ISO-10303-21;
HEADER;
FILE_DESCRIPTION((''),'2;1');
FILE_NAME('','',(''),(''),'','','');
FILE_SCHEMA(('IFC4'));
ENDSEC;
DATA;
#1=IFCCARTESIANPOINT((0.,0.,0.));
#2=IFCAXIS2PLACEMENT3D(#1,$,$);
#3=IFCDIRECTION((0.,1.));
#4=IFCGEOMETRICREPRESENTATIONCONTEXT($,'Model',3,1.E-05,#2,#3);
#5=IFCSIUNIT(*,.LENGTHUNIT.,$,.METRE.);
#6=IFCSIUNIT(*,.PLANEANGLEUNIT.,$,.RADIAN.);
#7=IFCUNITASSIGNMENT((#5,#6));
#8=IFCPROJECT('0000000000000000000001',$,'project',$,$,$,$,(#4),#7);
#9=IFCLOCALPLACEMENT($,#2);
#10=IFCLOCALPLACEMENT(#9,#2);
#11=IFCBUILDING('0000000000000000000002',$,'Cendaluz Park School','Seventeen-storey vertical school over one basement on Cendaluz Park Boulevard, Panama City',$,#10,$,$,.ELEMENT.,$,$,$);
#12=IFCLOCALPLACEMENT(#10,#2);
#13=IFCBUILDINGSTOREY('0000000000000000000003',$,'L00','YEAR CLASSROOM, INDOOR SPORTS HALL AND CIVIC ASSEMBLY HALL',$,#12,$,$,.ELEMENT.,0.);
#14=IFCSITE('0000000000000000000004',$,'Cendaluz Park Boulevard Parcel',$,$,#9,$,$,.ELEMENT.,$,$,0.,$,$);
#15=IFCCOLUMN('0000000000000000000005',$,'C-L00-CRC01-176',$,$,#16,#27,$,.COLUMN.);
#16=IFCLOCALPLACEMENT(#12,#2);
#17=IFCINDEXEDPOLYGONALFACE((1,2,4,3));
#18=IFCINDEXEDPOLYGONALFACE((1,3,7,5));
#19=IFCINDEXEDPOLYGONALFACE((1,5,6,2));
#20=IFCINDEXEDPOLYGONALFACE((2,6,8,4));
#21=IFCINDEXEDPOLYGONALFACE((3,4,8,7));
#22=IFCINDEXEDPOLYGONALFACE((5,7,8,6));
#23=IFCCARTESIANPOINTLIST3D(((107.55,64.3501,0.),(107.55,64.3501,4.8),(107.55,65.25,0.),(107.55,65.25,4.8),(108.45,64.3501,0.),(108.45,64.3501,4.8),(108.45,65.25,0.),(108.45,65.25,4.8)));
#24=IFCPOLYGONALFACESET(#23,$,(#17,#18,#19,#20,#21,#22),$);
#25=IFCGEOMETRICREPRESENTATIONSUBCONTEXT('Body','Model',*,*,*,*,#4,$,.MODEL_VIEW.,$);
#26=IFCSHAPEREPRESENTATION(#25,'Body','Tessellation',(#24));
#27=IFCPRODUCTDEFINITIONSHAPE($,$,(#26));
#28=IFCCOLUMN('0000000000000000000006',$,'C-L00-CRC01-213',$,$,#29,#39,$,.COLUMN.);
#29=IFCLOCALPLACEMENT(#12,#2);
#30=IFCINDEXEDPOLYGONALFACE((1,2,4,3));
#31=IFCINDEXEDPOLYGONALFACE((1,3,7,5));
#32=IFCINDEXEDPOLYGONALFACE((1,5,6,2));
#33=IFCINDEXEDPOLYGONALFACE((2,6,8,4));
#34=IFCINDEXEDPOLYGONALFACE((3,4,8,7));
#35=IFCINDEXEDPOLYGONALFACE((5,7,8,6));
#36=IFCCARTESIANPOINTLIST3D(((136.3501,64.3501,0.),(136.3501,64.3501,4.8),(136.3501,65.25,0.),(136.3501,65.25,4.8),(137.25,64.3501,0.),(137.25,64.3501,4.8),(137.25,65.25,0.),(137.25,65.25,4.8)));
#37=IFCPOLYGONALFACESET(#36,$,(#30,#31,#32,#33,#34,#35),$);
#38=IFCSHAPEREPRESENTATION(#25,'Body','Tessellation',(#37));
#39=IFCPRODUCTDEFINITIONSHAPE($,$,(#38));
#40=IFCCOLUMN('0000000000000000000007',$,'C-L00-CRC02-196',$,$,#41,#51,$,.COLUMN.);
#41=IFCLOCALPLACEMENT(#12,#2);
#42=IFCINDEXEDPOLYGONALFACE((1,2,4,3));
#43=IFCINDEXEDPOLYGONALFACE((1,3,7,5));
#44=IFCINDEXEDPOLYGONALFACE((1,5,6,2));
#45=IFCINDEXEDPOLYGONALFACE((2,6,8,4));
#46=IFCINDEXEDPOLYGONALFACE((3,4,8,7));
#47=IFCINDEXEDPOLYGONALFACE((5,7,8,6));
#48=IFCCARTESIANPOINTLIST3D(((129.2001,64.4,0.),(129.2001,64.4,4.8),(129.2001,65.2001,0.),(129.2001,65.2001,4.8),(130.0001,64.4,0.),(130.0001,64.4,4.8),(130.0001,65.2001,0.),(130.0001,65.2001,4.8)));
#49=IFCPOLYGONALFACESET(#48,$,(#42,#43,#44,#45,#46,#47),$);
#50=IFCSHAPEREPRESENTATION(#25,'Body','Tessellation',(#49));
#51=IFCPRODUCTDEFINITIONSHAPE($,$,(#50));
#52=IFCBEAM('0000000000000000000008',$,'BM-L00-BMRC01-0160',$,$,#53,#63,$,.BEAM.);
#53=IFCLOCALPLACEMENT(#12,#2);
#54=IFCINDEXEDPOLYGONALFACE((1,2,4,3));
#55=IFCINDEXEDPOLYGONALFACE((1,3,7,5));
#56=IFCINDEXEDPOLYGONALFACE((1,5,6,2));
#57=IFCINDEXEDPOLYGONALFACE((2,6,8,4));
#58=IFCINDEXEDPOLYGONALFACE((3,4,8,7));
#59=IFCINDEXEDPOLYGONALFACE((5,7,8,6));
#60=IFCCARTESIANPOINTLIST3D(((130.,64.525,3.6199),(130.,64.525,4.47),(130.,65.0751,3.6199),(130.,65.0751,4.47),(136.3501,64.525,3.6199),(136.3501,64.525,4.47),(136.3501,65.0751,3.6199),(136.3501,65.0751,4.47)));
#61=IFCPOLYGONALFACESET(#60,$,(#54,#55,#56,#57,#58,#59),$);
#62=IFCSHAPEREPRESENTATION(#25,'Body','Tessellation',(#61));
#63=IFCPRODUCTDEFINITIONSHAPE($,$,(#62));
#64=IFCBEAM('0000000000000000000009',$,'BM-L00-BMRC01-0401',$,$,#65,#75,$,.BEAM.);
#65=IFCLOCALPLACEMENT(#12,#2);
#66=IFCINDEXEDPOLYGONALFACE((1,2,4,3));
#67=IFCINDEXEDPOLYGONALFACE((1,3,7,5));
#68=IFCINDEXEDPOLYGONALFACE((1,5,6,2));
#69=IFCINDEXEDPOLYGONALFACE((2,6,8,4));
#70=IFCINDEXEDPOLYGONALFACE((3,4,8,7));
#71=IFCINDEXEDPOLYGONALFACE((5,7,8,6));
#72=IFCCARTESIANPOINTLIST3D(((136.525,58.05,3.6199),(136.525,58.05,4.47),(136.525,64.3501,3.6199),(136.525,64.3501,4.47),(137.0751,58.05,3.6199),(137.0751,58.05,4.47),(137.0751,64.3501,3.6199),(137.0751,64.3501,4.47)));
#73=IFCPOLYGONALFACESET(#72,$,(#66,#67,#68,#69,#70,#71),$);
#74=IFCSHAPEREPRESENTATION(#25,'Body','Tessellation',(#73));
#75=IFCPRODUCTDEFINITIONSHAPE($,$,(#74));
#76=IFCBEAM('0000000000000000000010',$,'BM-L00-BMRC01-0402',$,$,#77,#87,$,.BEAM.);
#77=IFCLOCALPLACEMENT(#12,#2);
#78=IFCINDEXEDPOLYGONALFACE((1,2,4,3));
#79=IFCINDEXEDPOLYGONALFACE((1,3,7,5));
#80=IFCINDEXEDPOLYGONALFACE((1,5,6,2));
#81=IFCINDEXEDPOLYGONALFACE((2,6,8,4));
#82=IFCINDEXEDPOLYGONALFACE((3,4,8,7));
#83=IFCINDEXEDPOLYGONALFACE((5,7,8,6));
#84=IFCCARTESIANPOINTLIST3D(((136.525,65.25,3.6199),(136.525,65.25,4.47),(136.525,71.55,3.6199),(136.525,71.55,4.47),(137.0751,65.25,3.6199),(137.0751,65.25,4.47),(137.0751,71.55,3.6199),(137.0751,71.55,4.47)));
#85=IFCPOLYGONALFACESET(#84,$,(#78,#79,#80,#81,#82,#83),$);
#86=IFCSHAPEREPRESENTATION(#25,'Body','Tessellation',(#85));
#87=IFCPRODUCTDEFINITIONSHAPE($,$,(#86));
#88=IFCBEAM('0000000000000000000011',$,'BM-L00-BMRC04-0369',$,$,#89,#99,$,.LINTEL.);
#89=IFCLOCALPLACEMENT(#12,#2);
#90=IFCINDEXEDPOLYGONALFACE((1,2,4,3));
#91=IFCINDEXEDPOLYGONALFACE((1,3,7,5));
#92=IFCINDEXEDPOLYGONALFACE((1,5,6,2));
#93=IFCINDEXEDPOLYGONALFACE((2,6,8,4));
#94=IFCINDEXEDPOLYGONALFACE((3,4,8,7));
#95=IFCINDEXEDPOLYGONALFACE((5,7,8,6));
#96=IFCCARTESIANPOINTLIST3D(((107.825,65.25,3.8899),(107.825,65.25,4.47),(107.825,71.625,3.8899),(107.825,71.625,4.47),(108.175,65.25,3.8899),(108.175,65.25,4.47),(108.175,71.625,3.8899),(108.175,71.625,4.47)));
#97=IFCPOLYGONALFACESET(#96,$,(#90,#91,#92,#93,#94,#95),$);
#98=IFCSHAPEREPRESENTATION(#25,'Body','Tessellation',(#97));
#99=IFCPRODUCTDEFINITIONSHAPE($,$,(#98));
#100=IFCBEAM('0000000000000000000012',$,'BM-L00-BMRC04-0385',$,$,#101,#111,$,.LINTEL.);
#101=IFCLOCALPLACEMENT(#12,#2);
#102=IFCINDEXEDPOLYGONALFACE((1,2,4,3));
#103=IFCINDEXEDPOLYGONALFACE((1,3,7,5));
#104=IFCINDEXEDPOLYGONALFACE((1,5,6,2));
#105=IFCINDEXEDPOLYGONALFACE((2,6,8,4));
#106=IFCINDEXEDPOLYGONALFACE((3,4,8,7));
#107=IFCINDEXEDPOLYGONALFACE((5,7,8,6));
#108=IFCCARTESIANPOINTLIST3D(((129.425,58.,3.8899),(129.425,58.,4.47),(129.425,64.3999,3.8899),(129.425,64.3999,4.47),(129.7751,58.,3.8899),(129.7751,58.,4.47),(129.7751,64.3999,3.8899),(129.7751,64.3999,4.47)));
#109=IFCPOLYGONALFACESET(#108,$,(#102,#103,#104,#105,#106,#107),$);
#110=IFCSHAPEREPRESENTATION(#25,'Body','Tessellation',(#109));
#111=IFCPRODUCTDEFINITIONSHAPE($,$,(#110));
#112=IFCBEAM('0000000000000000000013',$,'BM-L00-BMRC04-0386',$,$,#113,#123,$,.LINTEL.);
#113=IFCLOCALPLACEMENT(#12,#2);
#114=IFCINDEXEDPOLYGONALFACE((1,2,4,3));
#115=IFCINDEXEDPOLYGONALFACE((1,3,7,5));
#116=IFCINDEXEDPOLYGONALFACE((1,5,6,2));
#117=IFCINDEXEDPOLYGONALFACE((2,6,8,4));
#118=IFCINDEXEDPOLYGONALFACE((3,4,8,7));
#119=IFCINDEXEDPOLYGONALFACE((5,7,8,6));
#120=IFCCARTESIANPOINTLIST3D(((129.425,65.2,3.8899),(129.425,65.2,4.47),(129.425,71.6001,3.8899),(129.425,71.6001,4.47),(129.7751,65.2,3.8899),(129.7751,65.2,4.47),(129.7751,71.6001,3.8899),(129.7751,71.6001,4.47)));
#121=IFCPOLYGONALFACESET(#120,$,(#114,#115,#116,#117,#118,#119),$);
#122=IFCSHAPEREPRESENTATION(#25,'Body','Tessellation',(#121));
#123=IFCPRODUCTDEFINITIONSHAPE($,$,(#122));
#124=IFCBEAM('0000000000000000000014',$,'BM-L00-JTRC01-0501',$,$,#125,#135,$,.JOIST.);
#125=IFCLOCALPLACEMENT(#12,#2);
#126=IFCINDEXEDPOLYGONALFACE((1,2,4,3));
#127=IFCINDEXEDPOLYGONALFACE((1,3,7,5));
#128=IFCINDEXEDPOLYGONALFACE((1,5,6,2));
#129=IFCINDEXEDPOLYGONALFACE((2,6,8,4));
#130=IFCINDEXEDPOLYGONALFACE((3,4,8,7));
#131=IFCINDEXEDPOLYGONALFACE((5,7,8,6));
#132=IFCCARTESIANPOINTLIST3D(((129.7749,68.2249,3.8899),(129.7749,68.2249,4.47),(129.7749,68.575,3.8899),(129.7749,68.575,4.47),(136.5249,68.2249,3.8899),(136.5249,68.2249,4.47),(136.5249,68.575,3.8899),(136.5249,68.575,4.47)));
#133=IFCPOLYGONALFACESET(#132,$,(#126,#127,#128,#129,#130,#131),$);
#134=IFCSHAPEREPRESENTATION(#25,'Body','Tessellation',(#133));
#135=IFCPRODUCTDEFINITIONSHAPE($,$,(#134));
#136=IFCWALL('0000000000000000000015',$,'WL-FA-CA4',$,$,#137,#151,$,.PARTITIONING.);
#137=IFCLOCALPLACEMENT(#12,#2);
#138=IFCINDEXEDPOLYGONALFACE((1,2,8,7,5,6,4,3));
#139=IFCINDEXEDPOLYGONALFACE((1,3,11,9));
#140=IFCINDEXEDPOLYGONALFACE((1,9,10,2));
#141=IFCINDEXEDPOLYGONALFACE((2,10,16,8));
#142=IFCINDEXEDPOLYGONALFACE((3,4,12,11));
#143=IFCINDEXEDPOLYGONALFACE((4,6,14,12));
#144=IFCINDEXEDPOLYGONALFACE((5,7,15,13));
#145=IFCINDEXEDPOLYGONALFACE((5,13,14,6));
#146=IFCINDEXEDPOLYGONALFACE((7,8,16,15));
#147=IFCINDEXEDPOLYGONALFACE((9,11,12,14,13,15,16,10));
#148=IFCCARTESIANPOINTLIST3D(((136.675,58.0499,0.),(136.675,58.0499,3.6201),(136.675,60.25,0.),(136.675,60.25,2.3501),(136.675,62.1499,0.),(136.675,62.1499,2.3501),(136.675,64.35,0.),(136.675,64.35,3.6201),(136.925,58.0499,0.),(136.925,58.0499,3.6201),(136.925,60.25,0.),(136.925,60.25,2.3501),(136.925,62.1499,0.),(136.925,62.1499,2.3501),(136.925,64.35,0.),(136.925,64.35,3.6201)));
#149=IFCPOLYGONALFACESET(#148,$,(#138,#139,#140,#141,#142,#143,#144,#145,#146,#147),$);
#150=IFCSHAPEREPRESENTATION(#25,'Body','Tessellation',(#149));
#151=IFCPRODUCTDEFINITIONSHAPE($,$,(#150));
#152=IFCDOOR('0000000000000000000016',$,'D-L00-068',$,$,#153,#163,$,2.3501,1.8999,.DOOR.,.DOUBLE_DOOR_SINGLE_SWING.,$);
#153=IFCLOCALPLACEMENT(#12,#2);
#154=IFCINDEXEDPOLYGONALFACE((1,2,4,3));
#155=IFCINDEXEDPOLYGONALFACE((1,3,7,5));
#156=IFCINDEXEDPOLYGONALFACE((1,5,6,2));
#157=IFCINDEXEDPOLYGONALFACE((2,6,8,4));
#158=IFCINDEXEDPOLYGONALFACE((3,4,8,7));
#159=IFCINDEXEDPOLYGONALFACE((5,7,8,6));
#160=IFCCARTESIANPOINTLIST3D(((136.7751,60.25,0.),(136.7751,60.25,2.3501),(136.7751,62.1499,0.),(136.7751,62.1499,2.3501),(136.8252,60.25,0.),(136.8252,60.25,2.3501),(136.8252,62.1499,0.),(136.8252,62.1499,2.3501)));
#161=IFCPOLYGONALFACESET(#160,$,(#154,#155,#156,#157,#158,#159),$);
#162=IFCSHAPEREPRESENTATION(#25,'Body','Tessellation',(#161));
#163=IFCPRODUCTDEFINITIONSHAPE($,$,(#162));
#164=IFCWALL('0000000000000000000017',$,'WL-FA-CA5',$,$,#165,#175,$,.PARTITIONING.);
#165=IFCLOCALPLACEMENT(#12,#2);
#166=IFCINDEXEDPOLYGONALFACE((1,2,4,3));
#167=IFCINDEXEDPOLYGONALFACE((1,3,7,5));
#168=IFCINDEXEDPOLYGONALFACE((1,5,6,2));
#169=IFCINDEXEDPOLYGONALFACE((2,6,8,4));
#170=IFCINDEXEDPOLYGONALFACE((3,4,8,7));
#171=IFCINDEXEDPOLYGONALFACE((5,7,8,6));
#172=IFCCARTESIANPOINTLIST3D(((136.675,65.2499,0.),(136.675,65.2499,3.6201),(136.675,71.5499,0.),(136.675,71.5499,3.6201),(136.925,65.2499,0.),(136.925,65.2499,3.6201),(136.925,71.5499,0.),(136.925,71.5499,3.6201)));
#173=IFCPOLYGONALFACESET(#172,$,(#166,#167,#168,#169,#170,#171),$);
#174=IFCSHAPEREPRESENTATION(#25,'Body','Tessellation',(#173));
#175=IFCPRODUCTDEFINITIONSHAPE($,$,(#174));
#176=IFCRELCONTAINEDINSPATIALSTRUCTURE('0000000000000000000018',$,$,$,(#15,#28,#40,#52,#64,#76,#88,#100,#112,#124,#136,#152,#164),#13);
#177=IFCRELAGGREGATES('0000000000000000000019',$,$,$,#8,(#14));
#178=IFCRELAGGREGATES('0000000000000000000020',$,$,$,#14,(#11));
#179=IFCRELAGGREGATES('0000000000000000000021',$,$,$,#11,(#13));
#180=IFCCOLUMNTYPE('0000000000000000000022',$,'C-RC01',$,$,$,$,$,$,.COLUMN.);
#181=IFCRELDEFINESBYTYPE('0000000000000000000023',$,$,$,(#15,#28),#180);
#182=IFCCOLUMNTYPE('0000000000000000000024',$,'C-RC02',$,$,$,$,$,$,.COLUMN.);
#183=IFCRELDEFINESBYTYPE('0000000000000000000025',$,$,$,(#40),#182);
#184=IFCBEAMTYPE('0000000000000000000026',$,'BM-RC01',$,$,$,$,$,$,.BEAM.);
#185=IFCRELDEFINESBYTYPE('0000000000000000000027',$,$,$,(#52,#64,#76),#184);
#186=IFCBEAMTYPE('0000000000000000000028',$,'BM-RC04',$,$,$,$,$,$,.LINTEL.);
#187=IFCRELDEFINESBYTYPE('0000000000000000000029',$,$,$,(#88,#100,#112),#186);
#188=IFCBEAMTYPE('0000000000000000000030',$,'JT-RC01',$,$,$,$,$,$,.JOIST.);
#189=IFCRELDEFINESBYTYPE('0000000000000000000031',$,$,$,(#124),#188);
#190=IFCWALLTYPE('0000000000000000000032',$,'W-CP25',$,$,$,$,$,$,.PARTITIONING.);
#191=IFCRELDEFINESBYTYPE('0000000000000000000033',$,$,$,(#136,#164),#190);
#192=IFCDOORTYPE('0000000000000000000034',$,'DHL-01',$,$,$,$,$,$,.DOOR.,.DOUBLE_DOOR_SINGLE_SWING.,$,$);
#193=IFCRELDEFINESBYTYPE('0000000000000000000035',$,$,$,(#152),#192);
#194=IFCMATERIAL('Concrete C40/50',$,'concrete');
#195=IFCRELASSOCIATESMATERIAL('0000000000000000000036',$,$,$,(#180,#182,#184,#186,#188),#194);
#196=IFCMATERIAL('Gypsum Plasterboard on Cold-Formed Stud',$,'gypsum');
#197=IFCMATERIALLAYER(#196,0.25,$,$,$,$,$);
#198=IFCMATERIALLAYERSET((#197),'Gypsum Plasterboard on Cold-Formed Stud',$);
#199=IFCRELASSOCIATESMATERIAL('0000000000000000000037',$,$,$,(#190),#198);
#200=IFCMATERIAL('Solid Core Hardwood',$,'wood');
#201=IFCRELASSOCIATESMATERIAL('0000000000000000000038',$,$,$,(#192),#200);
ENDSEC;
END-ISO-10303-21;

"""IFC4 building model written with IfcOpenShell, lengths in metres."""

from ifc_helpers import new_model, si_unit, direction, frame, frame_2d, origin, origin_2d, place, context, subcontext, project, spatial, rectangle, extrude, material, layer, layer_set, material_profile, profile_set, type_object, element, fill, save


model = new_model("IFC4")

# Units and contexts
model_context = context("Model", 3, precision=1e-05, world=origin(), true_north=direction((0.0, 1.0)))
body_context = subcontext(model_context, "Body", "Model", "MODEL_VIEW")
ifc_project = project(units=[si_unit("LENGTHUNIT", "METRE"), si_unit("PLANEANGLEUNIT", "RADIAN")], contexts=[model_context])

# Site, building, storey
site_placement = place(None, origin())
site = spatial("IfcSite", under=ifc_project, at=site_placement, Name="Cendaluz Park Boulevard Parcel", CompositionType="ELEMENT", RefElevation=0.0)
building_placement = place(site_placement, origin())
building = spatial("IfcBuilding", under=site, at=building_placement, Name="Cendaluz Park School", Description="Seventeen-storey vertical school over one basement on Cendaluz Park Boulevard, Panama City", CompositionType="ELEMENT")
storey_placement = place(building_placement, origin())
storey = spatial("IfcBuildingStorey", under=building, at=storey_placement, Name="L00", Description="YEAR CLASSROOM, INDOOR SPORTS HALL AND CIVIC ASSEMBLY HALL", CompositionType="ELEMENT", Elevation=0.0)

# Columns
ifc_material_1 = material(Name="Concrete C40/50", Category="concrete")
ifc_material_profile_1 = material_profile(ifc_material_1, rectangle(XDim=0.8999, YDim=0.8999, at=origin_2d()), Name="RC 900x900", Category="concrete")
ifc_profile_set_1 = profile_set([ifc_material_profile_1], Name="Concrete C40/50")
column_type_1 = type_object("IfcColumnType", Name="C-RC01", PredefinedType="COLUMN", material=ifc_profile_set_1)
for number, where, z_axis, x_axis, name in (
    (1, (108.0, 64.8, 0.0), (0.0, 0.0, 1.0), (1.0, 0.0, 0.0), "C-L00-CRC01-176"),
    (2, (136.8, 64.8, 0.0), (0.0, 0.0, 1.0), (1.0, 0.0, 0.0), "C-L00-CRC01-213"),
):
    element("IfcColumn", number, at=place(storey_placement, frame(where, z_axis=z_axis, x_axis=x_axis)), inside=storey, type_object=column_type_1, Name=name, PredefinedType="COLUMN", context=body_context, shape_type="SweptSolid", body=[
        extrude(rectangle(XDim=0.8999, YDim=0.8999, at=origin_2d()), origin(), (0.0, 0.0, 1.0), 4.8),
    ])
ifc_material_profile_2 = material_profile(ifc_material_1, rectangle(XDim=0.8, YDim=0.8, at=origin_2d()), Name="RC 800x800", Category="concrete")
ifc_profile_set_2 = profile_set([ifc_material_profile_2], Name="Concrete C40/50")
column_type_2 = type_object("IfcColumnType", Name="C-RC02", PredefinedType="COLUMN", material=ifc_profile_set_2)
column_placement = place(storey_placement, frame((129.6001, 64.8, 0.0), z_axis=(0.0, 0.0, 1.0), x_axis=(1.0, 0.0, 0.0)))
element("IfcColumn", 3, at=column_placement, inside=storey, type_object=column_type_2, Name="C-L00-CRC02-196", PredefinedType="COLUMN", context=body_context, shape_type="SweptSolid", body=[
    extrude(rectangle(XDim=0.8, YDim=0.8, at=origin_2d()), origin(), (0.0, 0.0, 1.0), 4.8),
])

# Beams
ifc_material_profile_3 = material_profile(ifc_material_1, rectangle(XDim=0.55, YDim=0.8501, at=origin_2d()), Name="RC 550x850", Category="concrete")
ifc_profile_set_3 = profile_set([ifc_material_profile_3], Name="Concrete C40/50")
beam_type_1 = type_object("IfcBeamType", Name="BM-RC01", PredefinedType="BEAM", material=ifc_profile_set_3)
beam_1_placement = place(storey_placement, frame((130.0, 64.8, 4.0449), z_axis=(1.0, 0.0, 0.0), x_axis=(0.0, 1.0, 0.0)))
element("IfcBeam", 4, at=beam_1_placement, inside=storey, type_object=beam_type_1, Name="BM-L00-BMRC01-0160", PredefinedType="BEAM", context=body_context, shape_type="SweptSolid", body=[
    extrude(rectangle(XDim=0.55, YDim=0.8501, at=origin_2d()), origin(), (0.0, 0.0, 1.0), 6.3501),
])
for number, where, z_axis, x_axis, name in (
    (5, (136.8, 58.05, 4.0449), (0.0, 1.0, 0.0), (-1.0, 0.0, 0.0), "BM-L00-BMRC01-0401"),
    (6, (136.8, 65.25, 4.0449), (0.0, 1.0, 0.0), (-1.0, 0.0, 0.0), "BM-L00-BMRC01-0402"),
):
    element("IfcBeam", number, at=place(storey_placement, frame(where, z_axis=z_axis, x_axis=x_axis)), inside=storey, type_object=beam_type_1, Name=name, PredefinedType="BEAM", context=body_context, shape_type="SweptSolid", body=[
        extrude(rectangle(XDim=0.55, YDim=0.8501, at=origin_2d()), origin(), (0.0, 0.0, 1.0), 6.3),
    ])
ifc_material_profile_4 = material_profile(ifc_material_1, rectangle(XDim=0.3501, YDim=0.5801, at=origin_2d()), Name="RC 350x580", Category="concrete")
ifc_profile_set_4 = profile_set([ifc_material_profile_4], Name="Concrete C40/50")
beam_type_2 = type_object("IfcBeamType", Name="BM-RC04", PredefinedType="LINTEL", material=ifc_profile_set_4)
beam_2_placement = place(storey_placement, frame((108.0, 65.25, 4.1799), z_axis=(0.0, 1.0, 0.0), x_axis=(-1.0, 0.0, 0.0)))
element("IfcBeam", 7, at=beam_2_placement, inside=storey, type_object=beam_type_2, Name="BM-L00-BMRC04-0369", PredefinedType="LINTEL", context=body_context, shape_type="SweptSolid", body=[
    extrude(rectangle(XDim=0.3501, YDim=0.5801, at=origin_2d()), origin(), (0.0, 0.0, 1.0), 6.375),
])
beam_3_placement = place(storey_placement, frame((129.6001, 58.0, 4.1799), z_axis=(0.0, 1.0, 0.0), x_axis=(-1.0, 0.0, 0.0)))
element("IfcBeam", 8, at=beam_3_placement, inside=storey, type_object=beam_type_2, Name="BM-L00-BMRC04-0385", PredefinedType="LINTEL", context=body_context, shape_type="SweptSolid", body=[
    extrude(rectangle(XDim=0.3501, YDim=0.5801, at=origin_2d()), origin(), (0.0, 0.0, 1.0), 6.3999),
])
beam_4_placement = place(storey_placement, frame((129.6001, 65.2, 4.1799), z_axis=(0.0, 1.0, 0.0), x_axis=(-1.0, 0.0, 0.0)))
element("IfcBeam", 9, at=beam_4_placement, inside=storey, type_object=beam_type_2, Name="BM-L00-BMRC04-0386", PredefinedType="LINTEL", context=body_context, shape_type="SweptSolid", body=[
    extrude(rectangle(XDim=0.3501, YDim=0.5801, at=origin_2d()), origin(), (0.0, 0.0, 1.0), 6.4001),
])
ifc_material_profile_5 = material_profile(ifc_material_1, rectangle(XDim=0.3501, YDim=0.5801, at=origin_2d()), Name="RC 350x580", Category="concrete")
ifc_profile_set_5 = profile_set([ifc_material_profile_5], Name="Concrete C40/50")
beam_type_3 = type_object("IfcBeamType", Name="JT-RC01", PredefinedType="JOIST", material=ifc_profile_set_5)
beam_5_placement = place(storey_placement, frame((129.7749, 68.3999, 4.1799), z_axis=(1.0, 0.0, 0.0), x_axis=(0.0, 1.0, 0.0)))
element("IfcBeam", 10, at=beam_5_placement, inside=storey, type_object=beam_type_3, Name="BM-L00-JTRC01-0501", PredefinedType="JOIST", context=body_context, shape_type="SweptSolid", body=[
    extrude(rectangle(XDim=0.3501, YDim=0.5801, at=origin_2d()), origin(), (0.0, 0.0, 1.0), 6.75),
])

# Wall, opening, door
ifc_material_2 = material(Name="Gypsum Plasterboard on Cold-Formed Stud", Category="gypsum")
ifc_layer_1 = layer(ifc_material_2, 0.25)
ifc_layer_set_1 = layer_set([ifc_layer_1], Name="Gypsum Plasterboard on Cold-Formed Stud")
wall_type_1 = type_object("IfcWallType", Name="W-CP25", PredefinedType="PARTITIONING", material=ifc_layer_set_1)
wall_1_placement = place(storey_placement, frame((136.8, 58.05, 0.0), z_axis=(0.0, 0.0, 1.0), x_axis=(0.0, 1.0, 0.0)))
wall_1 = element("IfcWall", 11, at=wall_1_placement, inside=storey, type_object=wall_type_1, Name="WL-FA-CA4", PredefinedType="PARTITIONING", context=body_context, shape_type="SweptSolid", body=[
    extrude(rectangle(XDim=6.3, YDim=0.25, at=frame_2d((3.1499, 0.0))), origin(), (0.0, 0.0, 1.0), 3.6201),
])
opening_1_placement = place(wall_1_placement, frame((2.2, 0.0, 0.0)))
opening_1 = element("IfcOpeningElement", 12, at=opening_1_placement, cuts=wall_1, PredefinedType="OPENING", context=body_context, shape_type="SweptSolid", body=[
    extrude(rectangle(XDim=1.8999, YDim=2.3501, at=frame_2d((0.95, 1.175))), frame((0.0, 0.137, 0.0), z_axis=(0.0, -1.0, 0.0), x_axis=(1.0, 0.0, 0.0)), (0.0, 0.0, 1.0), 0.2739),
])
ifc_material_3 = material(Name="Solid Core Hardwood", Category="wood")
door_type = type_object("IfcDoorType", Name="DHL-01", OperationType="DOUBLE_DOOR_SINGLE_SWING", PredefinedType="DOOR", material=ifc_material_3)
door_placement = place(opening_1_placement, origin())
door = element("IfcDoor", 13, at=door_placement, inside=storey, type_object=door_type, Name="D-L00-068", OperationType="DOUBLE_DOOR_SINGLE_SWING", OverallHeight=2.3501, OverallWidth=1.8999, PredefinedType="DOOR", context=body_context, shape_type="SweptSolid", body=[
    extrude(rectangle(XDim=1.8999, YDim=2.3501, at=frame_2d((0.95, 1.175))), frame((0.0, 0.0249, 0.0), z_axis=(0.0, -1.0, 0.0), x_axis=(1.0, 0.0, 0.0)), (0.0, 0.0, 1.0), 0.05),
])
fill(opening_1, door)

# Wall
wall_2_placement = place(storey_placement, frame((136.8, 65.25, 0.0), z_axis=(0.0, 0.0, 1.0), x_axis=(0.0, 1.0, 0.0)))
element("IfcWall", 14, at=wall_2_placement, inside=storey, type_object=wall_type_1, Name="WL-FA-CA5", PredefinedType="PARTITIONING", context=body_context, shape_type="SweptSolid", body=[
    extrude(rectangle(XDim=6.3, YDim=0.25, at=frame_2d((3.1499, 0.0))), origin(), (0.0, 0.0, 1.0), 3.6201),
])

save(model, "model.ifc")
